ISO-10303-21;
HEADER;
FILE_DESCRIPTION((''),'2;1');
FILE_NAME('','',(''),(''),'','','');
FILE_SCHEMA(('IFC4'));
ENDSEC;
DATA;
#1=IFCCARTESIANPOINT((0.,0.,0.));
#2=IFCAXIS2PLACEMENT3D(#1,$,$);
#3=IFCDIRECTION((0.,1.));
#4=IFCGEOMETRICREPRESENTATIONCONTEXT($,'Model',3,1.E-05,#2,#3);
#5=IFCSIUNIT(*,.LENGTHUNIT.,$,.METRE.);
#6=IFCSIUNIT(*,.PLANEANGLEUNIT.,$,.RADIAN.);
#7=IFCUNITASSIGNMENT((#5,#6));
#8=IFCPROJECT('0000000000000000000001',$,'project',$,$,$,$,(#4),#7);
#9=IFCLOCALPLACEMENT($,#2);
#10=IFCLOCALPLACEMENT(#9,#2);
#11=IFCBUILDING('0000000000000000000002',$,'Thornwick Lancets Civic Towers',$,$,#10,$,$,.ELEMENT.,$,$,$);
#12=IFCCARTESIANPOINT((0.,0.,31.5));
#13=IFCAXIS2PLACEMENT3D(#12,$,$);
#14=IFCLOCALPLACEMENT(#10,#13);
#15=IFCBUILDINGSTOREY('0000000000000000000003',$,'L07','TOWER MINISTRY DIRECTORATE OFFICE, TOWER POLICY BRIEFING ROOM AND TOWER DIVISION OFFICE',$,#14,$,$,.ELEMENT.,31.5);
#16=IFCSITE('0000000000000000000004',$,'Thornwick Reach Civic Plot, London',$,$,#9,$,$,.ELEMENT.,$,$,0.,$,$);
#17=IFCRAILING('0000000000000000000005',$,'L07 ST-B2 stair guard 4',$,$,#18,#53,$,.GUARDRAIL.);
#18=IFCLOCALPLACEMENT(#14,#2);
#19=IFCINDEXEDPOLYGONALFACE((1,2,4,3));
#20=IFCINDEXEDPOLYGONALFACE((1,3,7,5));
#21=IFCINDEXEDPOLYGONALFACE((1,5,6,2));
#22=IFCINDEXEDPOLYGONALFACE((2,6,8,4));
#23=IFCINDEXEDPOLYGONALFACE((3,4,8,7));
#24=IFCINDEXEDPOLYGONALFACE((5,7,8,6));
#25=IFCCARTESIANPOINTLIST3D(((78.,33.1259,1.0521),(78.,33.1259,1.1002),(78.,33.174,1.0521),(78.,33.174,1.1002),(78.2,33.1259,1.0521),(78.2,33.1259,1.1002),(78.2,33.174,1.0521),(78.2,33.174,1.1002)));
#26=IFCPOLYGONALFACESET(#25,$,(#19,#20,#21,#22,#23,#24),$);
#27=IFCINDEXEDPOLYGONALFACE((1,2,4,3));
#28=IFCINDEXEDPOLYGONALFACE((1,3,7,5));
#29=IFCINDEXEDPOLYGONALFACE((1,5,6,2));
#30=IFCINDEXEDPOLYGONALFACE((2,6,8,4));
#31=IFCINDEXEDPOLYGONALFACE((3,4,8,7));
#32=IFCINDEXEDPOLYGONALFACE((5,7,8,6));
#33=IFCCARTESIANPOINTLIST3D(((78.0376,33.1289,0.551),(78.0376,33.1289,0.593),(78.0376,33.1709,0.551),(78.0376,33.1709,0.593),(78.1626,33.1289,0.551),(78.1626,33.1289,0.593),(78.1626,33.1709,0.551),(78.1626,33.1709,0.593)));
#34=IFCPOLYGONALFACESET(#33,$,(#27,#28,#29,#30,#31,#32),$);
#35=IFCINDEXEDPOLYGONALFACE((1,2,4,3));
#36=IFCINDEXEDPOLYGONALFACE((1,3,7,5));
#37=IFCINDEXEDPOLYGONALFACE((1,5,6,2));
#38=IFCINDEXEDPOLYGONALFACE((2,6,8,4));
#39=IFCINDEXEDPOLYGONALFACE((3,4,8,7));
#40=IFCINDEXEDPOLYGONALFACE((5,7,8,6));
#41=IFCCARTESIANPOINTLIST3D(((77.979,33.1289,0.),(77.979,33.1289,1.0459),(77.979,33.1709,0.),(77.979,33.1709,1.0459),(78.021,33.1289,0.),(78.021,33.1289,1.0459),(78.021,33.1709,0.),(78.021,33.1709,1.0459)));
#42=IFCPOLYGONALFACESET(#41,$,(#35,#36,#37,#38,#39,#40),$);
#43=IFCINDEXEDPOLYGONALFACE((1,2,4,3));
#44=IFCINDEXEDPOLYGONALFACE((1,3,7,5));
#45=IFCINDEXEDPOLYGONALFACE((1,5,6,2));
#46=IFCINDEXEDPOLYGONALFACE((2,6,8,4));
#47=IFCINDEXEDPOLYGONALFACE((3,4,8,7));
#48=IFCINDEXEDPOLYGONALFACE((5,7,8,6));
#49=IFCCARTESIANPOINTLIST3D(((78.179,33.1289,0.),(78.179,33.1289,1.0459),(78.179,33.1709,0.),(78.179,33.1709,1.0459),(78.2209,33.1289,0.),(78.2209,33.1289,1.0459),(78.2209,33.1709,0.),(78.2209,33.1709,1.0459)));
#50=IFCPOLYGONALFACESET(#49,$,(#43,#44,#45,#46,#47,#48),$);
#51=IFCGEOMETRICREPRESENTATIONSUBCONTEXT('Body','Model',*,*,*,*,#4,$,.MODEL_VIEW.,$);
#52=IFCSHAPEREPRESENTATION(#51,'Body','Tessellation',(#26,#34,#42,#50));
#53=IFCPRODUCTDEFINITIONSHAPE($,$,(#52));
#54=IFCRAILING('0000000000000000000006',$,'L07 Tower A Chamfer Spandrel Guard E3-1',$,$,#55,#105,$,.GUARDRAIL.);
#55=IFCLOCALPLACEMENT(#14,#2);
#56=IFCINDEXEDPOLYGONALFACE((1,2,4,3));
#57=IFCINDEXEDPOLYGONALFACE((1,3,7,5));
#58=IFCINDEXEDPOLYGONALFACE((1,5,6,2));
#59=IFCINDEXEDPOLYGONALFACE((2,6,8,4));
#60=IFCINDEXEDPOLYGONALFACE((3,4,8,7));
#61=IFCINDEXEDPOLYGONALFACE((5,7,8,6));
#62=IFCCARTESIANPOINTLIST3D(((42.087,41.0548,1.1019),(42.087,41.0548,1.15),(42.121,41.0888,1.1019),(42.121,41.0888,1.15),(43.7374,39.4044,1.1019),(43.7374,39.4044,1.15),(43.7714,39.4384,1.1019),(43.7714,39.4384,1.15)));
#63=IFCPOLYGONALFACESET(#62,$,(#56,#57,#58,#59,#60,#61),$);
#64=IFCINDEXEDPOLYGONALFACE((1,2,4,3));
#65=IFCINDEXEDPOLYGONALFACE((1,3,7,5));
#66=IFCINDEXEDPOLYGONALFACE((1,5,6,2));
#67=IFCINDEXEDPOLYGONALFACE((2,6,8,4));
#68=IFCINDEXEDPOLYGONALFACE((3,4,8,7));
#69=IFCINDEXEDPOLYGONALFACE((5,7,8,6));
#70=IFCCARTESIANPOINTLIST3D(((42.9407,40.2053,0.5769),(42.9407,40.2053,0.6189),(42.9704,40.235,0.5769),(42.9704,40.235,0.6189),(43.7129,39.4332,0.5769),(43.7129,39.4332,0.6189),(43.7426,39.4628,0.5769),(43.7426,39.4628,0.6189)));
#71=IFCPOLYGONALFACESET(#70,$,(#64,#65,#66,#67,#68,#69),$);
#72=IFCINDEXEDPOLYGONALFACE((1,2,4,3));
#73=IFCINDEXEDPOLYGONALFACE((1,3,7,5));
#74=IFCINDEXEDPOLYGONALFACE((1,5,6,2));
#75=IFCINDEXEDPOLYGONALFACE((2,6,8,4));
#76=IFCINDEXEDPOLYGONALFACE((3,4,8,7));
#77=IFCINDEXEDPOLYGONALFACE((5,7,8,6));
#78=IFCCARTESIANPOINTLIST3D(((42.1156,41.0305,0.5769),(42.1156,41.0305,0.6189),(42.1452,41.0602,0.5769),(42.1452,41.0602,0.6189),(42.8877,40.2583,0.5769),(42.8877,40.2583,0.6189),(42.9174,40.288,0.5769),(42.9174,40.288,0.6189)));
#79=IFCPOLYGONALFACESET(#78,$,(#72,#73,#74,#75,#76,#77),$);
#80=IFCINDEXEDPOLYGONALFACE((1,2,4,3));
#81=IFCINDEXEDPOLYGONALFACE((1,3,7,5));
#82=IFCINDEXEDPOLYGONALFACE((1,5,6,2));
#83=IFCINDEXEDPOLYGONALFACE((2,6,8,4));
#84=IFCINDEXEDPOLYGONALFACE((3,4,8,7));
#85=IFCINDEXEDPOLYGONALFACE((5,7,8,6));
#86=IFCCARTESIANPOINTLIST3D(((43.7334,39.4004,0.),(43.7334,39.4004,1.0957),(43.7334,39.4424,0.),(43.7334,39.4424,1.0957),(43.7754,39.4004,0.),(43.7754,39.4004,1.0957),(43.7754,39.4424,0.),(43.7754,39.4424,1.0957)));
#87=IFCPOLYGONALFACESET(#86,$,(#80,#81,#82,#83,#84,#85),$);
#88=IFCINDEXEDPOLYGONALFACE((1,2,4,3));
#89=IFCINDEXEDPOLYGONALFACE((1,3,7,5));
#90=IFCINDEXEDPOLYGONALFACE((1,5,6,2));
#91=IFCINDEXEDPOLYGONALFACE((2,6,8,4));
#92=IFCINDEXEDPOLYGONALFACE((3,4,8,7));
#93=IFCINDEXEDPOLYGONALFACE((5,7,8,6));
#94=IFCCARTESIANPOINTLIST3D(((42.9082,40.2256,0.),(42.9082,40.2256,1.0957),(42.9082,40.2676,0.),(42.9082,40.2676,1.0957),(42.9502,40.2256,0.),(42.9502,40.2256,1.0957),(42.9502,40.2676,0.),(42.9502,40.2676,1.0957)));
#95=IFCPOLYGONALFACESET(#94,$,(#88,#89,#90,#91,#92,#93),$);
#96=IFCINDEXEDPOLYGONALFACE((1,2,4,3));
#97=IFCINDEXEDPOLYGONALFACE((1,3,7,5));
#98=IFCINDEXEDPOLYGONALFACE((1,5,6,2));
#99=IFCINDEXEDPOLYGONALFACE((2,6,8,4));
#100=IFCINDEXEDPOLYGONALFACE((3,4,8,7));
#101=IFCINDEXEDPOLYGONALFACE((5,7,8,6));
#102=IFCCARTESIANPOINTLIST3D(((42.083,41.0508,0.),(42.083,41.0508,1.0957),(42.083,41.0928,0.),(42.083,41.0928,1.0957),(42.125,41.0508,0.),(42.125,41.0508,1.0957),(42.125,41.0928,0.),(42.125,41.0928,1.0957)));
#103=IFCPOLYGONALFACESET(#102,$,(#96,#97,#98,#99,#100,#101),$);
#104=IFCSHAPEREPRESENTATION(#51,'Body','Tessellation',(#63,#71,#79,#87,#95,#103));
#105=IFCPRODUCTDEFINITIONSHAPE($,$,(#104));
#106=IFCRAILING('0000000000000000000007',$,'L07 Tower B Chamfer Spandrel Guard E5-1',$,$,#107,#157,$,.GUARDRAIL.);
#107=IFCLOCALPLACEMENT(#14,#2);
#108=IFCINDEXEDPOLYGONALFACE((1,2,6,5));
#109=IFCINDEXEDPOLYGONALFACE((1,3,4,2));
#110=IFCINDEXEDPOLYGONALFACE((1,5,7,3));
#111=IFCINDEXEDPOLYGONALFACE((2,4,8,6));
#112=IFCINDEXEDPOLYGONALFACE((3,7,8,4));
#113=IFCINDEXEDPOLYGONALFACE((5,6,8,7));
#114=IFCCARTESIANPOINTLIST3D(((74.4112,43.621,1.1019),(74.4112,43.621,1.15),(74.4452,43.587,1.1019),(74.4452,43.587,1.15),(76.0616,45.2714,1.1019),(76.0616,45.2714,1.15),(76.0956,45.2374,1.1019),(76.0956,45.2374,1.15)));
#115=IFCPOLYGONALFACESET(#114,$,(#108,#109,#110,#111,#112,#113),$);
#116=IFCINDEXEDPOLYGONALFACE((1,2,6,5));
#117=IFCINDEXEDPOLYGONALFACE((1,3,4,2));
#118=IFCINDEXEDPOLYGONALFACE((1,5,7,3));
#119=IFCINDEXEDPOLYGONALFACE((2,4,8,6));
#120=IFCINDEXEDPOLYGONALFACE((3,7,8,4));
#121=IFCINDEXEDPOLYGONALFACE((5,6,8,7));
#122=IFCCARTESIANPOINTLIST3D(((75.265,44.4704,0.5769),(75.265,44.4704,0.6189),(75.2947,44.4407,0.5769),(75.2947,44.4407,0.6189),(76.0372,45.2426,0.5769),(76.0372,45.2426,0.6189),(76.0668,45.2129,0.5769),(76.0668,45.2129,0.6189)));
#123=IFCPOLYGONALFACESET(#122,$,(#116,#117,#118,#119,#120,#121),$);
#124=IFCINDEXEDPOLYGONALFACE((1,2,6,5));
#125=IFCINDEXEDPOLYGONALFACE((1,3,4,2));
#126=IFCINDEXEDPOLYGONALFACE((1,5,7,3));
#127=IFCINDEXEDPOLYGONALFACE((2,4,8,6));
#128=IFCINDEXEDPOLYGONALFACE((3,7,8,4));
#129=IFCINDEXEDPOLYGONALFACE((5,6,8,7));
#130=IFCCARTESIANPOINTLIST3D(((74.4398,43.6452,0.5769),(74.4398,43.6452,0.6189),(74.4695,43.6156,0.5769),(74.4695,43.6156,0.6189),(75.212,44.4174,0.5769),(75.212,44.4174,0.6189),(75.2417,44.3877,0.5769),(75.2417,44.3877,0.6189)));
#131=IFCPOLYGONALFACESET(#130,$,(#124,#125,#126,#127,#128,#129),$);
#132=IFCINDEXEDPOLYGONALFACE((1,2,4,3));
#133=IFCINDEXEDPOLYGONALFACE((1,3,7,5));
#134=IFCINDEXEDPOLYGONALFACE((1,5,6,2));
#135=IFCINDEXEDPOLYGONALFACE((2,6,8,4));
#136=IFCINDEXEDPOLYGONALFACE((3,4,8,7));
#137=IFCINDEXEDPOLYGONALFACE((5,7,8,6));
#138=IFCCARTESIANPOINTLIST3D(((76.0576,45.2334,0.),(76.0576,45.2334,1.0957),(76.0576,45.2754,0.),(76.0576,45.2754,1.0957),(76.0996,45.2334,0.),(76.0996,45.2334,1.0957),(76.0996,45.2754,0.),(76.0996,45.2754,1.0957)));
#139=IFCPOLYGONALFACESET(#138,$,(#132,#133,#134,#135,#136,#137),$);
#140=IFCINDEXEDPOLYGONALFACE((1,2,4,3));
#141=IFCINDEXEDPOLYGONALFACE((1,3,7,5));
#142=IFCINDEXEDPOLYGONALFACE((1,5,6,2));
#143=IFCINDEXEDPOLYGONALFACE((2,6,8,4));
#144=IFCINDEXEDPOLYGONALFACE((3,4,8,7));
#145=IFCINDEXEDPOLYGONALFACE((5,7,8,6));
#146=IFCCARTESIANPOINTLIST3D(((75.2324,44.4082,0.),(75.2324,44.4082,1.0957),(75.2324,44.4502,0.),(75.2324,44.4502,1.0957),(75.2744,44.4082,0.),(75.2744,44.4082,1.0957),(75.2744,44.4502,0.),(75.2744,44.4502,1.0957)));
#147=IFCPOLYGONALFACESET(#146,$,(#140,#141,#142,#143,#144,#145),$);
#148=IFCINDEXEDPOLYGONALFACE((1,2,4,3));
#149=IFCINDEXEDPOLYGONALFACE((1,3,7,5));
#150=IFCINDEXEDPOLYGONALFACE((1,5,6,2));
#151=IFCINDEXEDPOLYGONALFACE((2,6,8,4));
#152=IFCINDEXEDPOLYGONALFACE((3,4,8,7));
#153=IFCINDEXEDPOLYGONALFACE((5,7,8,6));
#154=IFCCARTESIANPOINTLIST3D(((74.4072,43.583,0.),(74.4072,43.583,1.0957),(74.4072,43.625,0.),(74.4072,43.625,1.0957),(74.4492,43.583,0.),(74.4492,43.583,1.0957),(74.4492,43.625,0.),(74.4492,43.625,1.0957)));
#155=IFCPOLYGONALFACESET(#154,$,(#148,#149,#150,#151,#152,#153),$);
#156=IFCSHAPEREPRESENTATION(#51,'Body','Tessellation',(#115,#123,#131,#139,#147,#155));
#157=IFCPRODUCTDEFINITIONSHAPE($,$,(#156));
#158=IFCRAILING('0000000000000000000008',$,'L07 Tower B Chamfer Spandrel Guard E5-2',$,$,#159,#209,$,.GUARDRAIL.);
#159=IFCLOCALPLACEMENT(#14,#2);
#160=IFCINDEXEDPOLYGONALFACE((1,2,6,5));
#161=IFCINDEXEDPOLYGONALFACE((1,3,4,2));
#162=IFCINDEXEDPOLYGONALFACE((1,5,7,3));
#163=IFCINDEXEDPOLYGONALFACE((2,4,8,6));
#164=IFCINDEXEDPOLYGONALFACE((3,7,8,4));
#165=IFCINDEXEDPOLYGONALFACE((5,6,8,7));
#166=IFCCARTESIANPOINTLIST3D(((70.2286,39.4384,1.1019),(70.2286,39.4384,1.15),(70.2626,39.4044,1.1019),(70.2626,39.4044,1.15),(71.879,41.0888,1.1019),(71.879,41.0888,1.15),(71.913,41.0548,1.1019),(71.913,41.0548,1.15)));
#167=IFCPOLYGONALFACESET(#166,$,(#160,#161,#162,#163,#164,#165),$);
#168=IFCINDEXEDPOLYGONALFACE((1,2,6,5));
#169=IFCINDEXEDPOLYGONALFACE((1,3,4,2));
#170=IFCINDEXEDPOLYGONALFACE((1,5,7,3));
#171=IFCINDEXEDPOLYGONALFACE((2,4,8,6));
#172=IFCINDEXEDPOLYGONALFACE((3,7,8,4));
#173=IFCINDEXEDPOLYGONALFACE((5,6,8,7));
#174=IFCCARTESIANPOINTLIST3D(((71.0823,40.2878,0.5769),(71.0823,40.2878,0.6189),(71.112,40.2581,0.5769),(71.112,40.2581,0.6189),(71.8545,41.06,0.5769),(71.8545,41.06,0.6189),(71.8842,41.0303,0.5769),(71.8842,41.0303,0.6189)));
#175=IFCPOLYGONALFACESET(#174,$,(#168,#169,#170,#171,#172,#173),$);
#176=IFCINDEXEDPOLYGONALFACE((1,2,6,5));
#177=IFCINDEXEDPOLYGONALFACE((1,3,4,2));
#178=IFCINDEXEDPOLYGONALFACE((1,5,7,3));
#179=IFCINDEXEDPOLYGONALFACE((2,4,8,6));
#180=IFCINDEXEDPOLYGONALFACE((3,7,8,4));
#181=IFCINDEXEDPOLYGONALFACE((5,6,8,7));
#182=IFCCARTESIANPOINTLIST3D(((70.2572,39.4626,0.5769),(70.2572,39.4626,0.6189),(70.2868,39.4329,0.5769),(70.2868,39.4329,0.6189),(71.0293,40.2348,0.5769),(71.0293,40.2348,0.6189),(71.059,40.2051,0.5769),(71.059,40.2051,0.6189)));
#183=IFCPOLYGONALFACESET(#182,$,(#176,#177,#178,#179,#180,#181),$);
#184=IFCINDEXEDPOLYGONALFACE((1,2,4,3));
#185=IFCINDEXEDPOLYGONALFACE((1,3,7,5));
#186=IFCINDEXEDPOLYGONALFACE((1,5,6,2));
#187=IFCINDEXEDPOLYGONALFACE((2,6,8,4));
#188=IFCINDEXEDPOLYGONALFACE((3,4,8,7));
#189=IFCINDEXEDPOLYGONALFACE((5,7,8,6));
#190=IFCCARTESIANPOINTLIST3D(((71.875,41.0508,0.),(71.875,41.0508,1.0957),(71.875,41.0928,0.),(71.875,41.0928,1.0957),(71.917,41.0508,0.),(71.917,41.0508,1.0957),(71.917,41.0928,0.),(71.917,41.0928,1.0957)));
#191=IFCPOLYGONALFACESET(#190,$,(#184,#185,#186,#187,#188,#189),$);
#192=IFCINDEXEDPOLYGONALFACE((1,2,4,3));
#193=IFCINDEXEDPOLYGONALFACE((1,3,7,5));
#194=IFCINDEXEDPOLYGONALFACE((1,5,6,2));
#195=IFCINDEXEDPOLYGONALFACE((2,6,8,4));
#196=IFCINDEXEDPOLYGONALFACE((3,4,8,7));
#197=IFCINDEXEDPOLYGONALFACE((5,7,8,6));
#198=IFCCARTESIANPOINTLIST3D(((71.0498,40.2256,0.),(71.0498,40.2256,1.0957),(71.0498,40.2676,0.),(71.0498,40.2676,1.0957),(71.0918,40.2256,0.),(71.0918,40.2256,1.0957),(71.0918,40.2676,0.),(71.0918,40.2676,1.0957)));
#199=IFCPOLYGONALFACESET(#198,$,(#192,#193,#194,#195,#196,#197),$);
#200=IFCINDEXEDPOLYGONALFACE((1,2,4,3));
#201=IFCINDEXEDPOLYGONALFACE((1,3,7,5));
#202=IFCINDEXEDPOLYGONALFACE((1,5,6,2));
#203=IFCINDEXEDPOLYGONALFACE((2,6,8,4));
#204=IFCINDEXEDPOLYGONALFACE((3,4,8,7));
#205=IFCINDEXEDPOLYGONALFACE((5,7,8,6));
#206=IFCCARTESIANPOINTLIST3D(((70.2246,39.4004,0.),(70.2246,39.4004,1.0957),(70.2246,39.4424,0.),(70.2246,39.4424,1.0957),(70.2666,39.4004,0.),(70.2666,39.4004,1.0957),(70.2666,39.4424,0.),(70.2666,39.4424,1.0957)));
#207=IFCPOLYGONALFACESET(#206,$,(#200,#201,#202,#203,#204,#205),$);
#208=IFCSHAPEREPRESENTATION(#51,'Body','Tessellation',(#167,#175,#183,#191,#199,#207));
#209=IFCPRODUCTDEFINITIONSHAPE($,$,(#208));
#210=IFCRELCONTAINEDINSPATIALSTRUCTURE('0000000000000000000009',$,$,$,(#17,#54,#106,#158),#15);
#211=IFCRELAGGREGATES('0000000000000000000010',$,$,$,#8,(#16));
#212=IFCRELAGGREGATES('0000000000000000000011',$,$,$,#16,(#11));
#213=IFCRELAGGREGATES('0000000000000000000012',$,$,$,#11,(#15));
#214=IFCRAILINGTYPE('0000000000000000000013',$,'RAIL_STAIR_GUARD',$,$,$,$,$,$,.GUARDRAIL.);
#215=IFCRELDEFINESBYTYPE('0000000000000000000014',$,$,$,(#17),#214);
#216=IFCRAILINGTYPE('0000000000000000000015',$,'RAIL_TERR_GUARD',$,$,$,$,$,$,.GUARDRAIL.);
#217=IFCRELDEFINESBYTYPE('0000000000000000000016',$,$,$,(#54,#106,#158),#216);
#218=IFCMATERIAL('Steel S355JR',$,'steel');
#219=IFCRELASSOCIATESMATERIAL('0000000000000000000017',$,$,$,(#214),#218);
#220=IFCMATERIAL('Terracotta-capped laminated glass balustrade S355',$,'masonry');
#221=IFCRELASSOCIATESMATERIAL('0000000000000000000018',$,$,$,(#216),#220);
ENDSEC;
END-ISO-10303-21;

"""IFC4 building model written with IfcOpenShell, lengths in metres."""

from ifc_helpers import new_model, si_unit, direction, frame, origin, origin_2d, place, context, subcontext, project, spatial, rectangle, extrude, material, type_object, element, save


model = new_model("IFC4")

# Units and contexts
model_context = context("Model", 3, precision=1e-05, world=origin(), true_north=direction((0.0, 1.0)))
body_context = subcontext(model_context, "Body", "Model", "MODEL_VIEW")
ifc_project = project(units=[si_unit("LENGTHUNIT", "METRE"), si_unit("PLANEANGLEUNIT", "RADIAN")], contexts=[model_context])

# Site, building, storey
site_placement = place(None, origin())
site = spatial("IfcSite", under=ifc_project, at=site_placement, Name="Thornwick Reach Civic Plot, London", CompositionType="ELEMENT", RefElevation=0.0)
building_placement = place(site_placement, origin())
building = spatial("IfcBuilding", under=site, at=building_placement, Name="Thornwick Lancets Civic Towers", CompositionType="ELEMENT")
storey_placement = place(building_placement, frame((0.0, 0.0, 31.5)))
storey = spatial("IfcBuildingStorey", under=building, at=storey_placement, Name="L07", Description="TOWER MINISTRY DIRECTORATE OFFICE, TOWER POLICY BRIEFING ROOM AND TOWER DIVISION OFFICE", CompositionType="ELEMENT", Elevation=31.5)

# Shared definitions
ifc_material_1 = material(Name="Steel S355JR", Category="steel")

# Railings
railing_type_1 = type_object("IfcRailingType", Name="RAIL_STAIR_GUARD", PredefinedType="GUARDRAIL", material=ifc_material_1)
for number, where, name in (
    (1, (78.0, 33.1499, 0.0), "L07 ST-B2 stair guard 4"),
):
    element("IfcRailing", number, at=place(storey_placement, frame(where)), inside=storey, type_object=railing_type_1, Name=name, PredefinedType="GUARDRAIL", context=body_context, shape_type="SweptSolid", body=[
        extrude(rectangle(XDim=0.0481, YDim=0.0481, at=origin_2d()), frame((0.0, 0.0, 1.0762), z_axis=(1.0, 0.0, 0.0), x_axis=(0.0, 1.0, 0.0)), (0.0, 0.0, 1.0), 0.2),
        extrude(rectangle(XDim=0.042, YDim=0.042, at=origin_2d()), frame((0.0376, 0.0, 0.572), z_axis=(1.0, 0.0, 0.0), x_axis=(0.0, 1.0, 0.0)), (0.0, 0.0, 1.0), 0.125),
        extrude(rectangle(XDim=0.042, YDim=0.042, at=origin_2d()), origin(), (0.0, 0.0, 1.0), 1.0459),
        extrude(rectangle(XDim=0.042, YDim=0.042, at=origin_2d()), frame((0.2, 0.0, 0.0)), (0.0, 0.0, 1.0), 1.0459),
    ])
ifc_material_2 = material(Name="Terracotta-capped laminated glass balustrade S355", Category="masonry")
railing_type_2 = type_object("IfcRailingType", Name="RAIL_TERR_GUARD", PredefinedType="GUARDRAIL", material=ifc_material_2)
railing_1_placement = place(storey_placement, frame((43.7544, 39.4214, 0.0)))
element("IfcRailing", 2, at=railing_1_placement, inside=storey, type_object=railing_type_2, Name="L07 Tower A Chamfer Spandrel Guard E3-1", PredefinedType="GUARDRAIL", context=body_context, shape_type="SweptSolid", body=[
    extrude(rectangle(XDim=0.0481, YDim=0.0481, at=origin_2d()), frame((0.0, 0.0, 1.126), z_axis=(-0.707107, 0.707107, 0.0), x_axis=(-0.707107, -0.707107, 0.0)), (0.0, 0.0, 1.0), 2.334),
    extrude(rectangle(XDim=0.042, YDim=0.042, at=origin_2d()), frame((-0.0266, 0.0266, 0.5979), z_axis=(-0.707107, 0.707107, 0.0), x_axis=(-0.707107, -0.707107, 0.0)), (0.0, 0.0, 1.0), 1.092),
    extrude(rectangle(XDim=0.042, YDim=0.042, at=origin_2d()), frame((-0.8518, 0.8518, 0.5979), z_axis=(-0.707107, 0.707107, 0.0), x_axis=(-0.707107, -0.707107, 0.0)), (0.0, 0.0, 1.0), 1.092),
    extrude(rectangle(XDim=0.042, YDim=0.042, at=origin_2d()), origin(), (0.0, 0.0, 1.0), 1.0957),
    extrude(rectangle(XDim=0.042, YDim=0.042, at=origin_2d()), frame((-0.8252, 0.8252, 0.0)), (0.0, 0.0, 1.0), 1.0957),
    extrude(rectangle(XDim=0.042, YDim=0.042, at=origin_2d()), frame((-1.6504, 1.6504, 0.0)), (0.0, 0.0, 1.0), 1.0957),
])
for number, where, name in (
    (3, (76.0786, 45.2544, 0.0), "L07 Tower B Chamfer Spandrel Guard E5-1"),
    (4, (71.896, 41.0718, 0.0), "L07 Tower B Chamfer Spandrel Guard E5-2"),
):
    element("IfcRailing", number, at=place(storey_placement, frame(where)), inside=storey, type_object=railing_type_2, Name=name, PredefinedType="GUARDRAIL", context=body_context, shape_type="SweptSolid", body=[
        extrude(rectangle(XDim=0.0481, YDim=0.0481, at=origin_2d()), frame((0.0, 0.0, 1.126), z_axis=(-0.707107, -0.707107, 0.0), x_axis=(0.707107, -0.707107, 0.0)), (0.0, 0.0, 1.0), 2.334),
        extrude(rectangle(XDim=0.042, YDim=0.042, at=origin_2d()), frame((-0.0266, -0.0266, 0.5979), z_axis=(-0.707107, -0.707107, 0.0), x_axis=(0.707107, -0.707107, 0.0)), (0.0, 0.0, 1.0), 1.092),
        extrude(rectangle(XDim=0.042, YDim=0.042, at=origin_2d()), frame((-0.8518, -0.8518, 0.5979), z_axis=(-0.707107, -0.707107, 0.0), x_axis=(0.707107, -0.707107, 0.0)), (0.0, 0.0, 1.0), 1.092),
        extrude(rectangle(XDim=0.042, YDim=0.042, at=origin_2d()), origin(), (0.0, 0.0, 1.0), 1.0957),
        extrude(rectangle(XDim=0.042, YDim=0.042, at=origin_2d()), frame((-0.8252, -0.8252, 0.0)), (0.0, 0.0, 1.0), 1.0957),
        extrude(rectangle(XDim=0.042, YDim=0.042, at=origin_2d()), frame((-1.6504, -1.6504, 0.0)), (0.0, 0.0, 1.0), 1.0957),
    ])

save(model, "model.ifc")
